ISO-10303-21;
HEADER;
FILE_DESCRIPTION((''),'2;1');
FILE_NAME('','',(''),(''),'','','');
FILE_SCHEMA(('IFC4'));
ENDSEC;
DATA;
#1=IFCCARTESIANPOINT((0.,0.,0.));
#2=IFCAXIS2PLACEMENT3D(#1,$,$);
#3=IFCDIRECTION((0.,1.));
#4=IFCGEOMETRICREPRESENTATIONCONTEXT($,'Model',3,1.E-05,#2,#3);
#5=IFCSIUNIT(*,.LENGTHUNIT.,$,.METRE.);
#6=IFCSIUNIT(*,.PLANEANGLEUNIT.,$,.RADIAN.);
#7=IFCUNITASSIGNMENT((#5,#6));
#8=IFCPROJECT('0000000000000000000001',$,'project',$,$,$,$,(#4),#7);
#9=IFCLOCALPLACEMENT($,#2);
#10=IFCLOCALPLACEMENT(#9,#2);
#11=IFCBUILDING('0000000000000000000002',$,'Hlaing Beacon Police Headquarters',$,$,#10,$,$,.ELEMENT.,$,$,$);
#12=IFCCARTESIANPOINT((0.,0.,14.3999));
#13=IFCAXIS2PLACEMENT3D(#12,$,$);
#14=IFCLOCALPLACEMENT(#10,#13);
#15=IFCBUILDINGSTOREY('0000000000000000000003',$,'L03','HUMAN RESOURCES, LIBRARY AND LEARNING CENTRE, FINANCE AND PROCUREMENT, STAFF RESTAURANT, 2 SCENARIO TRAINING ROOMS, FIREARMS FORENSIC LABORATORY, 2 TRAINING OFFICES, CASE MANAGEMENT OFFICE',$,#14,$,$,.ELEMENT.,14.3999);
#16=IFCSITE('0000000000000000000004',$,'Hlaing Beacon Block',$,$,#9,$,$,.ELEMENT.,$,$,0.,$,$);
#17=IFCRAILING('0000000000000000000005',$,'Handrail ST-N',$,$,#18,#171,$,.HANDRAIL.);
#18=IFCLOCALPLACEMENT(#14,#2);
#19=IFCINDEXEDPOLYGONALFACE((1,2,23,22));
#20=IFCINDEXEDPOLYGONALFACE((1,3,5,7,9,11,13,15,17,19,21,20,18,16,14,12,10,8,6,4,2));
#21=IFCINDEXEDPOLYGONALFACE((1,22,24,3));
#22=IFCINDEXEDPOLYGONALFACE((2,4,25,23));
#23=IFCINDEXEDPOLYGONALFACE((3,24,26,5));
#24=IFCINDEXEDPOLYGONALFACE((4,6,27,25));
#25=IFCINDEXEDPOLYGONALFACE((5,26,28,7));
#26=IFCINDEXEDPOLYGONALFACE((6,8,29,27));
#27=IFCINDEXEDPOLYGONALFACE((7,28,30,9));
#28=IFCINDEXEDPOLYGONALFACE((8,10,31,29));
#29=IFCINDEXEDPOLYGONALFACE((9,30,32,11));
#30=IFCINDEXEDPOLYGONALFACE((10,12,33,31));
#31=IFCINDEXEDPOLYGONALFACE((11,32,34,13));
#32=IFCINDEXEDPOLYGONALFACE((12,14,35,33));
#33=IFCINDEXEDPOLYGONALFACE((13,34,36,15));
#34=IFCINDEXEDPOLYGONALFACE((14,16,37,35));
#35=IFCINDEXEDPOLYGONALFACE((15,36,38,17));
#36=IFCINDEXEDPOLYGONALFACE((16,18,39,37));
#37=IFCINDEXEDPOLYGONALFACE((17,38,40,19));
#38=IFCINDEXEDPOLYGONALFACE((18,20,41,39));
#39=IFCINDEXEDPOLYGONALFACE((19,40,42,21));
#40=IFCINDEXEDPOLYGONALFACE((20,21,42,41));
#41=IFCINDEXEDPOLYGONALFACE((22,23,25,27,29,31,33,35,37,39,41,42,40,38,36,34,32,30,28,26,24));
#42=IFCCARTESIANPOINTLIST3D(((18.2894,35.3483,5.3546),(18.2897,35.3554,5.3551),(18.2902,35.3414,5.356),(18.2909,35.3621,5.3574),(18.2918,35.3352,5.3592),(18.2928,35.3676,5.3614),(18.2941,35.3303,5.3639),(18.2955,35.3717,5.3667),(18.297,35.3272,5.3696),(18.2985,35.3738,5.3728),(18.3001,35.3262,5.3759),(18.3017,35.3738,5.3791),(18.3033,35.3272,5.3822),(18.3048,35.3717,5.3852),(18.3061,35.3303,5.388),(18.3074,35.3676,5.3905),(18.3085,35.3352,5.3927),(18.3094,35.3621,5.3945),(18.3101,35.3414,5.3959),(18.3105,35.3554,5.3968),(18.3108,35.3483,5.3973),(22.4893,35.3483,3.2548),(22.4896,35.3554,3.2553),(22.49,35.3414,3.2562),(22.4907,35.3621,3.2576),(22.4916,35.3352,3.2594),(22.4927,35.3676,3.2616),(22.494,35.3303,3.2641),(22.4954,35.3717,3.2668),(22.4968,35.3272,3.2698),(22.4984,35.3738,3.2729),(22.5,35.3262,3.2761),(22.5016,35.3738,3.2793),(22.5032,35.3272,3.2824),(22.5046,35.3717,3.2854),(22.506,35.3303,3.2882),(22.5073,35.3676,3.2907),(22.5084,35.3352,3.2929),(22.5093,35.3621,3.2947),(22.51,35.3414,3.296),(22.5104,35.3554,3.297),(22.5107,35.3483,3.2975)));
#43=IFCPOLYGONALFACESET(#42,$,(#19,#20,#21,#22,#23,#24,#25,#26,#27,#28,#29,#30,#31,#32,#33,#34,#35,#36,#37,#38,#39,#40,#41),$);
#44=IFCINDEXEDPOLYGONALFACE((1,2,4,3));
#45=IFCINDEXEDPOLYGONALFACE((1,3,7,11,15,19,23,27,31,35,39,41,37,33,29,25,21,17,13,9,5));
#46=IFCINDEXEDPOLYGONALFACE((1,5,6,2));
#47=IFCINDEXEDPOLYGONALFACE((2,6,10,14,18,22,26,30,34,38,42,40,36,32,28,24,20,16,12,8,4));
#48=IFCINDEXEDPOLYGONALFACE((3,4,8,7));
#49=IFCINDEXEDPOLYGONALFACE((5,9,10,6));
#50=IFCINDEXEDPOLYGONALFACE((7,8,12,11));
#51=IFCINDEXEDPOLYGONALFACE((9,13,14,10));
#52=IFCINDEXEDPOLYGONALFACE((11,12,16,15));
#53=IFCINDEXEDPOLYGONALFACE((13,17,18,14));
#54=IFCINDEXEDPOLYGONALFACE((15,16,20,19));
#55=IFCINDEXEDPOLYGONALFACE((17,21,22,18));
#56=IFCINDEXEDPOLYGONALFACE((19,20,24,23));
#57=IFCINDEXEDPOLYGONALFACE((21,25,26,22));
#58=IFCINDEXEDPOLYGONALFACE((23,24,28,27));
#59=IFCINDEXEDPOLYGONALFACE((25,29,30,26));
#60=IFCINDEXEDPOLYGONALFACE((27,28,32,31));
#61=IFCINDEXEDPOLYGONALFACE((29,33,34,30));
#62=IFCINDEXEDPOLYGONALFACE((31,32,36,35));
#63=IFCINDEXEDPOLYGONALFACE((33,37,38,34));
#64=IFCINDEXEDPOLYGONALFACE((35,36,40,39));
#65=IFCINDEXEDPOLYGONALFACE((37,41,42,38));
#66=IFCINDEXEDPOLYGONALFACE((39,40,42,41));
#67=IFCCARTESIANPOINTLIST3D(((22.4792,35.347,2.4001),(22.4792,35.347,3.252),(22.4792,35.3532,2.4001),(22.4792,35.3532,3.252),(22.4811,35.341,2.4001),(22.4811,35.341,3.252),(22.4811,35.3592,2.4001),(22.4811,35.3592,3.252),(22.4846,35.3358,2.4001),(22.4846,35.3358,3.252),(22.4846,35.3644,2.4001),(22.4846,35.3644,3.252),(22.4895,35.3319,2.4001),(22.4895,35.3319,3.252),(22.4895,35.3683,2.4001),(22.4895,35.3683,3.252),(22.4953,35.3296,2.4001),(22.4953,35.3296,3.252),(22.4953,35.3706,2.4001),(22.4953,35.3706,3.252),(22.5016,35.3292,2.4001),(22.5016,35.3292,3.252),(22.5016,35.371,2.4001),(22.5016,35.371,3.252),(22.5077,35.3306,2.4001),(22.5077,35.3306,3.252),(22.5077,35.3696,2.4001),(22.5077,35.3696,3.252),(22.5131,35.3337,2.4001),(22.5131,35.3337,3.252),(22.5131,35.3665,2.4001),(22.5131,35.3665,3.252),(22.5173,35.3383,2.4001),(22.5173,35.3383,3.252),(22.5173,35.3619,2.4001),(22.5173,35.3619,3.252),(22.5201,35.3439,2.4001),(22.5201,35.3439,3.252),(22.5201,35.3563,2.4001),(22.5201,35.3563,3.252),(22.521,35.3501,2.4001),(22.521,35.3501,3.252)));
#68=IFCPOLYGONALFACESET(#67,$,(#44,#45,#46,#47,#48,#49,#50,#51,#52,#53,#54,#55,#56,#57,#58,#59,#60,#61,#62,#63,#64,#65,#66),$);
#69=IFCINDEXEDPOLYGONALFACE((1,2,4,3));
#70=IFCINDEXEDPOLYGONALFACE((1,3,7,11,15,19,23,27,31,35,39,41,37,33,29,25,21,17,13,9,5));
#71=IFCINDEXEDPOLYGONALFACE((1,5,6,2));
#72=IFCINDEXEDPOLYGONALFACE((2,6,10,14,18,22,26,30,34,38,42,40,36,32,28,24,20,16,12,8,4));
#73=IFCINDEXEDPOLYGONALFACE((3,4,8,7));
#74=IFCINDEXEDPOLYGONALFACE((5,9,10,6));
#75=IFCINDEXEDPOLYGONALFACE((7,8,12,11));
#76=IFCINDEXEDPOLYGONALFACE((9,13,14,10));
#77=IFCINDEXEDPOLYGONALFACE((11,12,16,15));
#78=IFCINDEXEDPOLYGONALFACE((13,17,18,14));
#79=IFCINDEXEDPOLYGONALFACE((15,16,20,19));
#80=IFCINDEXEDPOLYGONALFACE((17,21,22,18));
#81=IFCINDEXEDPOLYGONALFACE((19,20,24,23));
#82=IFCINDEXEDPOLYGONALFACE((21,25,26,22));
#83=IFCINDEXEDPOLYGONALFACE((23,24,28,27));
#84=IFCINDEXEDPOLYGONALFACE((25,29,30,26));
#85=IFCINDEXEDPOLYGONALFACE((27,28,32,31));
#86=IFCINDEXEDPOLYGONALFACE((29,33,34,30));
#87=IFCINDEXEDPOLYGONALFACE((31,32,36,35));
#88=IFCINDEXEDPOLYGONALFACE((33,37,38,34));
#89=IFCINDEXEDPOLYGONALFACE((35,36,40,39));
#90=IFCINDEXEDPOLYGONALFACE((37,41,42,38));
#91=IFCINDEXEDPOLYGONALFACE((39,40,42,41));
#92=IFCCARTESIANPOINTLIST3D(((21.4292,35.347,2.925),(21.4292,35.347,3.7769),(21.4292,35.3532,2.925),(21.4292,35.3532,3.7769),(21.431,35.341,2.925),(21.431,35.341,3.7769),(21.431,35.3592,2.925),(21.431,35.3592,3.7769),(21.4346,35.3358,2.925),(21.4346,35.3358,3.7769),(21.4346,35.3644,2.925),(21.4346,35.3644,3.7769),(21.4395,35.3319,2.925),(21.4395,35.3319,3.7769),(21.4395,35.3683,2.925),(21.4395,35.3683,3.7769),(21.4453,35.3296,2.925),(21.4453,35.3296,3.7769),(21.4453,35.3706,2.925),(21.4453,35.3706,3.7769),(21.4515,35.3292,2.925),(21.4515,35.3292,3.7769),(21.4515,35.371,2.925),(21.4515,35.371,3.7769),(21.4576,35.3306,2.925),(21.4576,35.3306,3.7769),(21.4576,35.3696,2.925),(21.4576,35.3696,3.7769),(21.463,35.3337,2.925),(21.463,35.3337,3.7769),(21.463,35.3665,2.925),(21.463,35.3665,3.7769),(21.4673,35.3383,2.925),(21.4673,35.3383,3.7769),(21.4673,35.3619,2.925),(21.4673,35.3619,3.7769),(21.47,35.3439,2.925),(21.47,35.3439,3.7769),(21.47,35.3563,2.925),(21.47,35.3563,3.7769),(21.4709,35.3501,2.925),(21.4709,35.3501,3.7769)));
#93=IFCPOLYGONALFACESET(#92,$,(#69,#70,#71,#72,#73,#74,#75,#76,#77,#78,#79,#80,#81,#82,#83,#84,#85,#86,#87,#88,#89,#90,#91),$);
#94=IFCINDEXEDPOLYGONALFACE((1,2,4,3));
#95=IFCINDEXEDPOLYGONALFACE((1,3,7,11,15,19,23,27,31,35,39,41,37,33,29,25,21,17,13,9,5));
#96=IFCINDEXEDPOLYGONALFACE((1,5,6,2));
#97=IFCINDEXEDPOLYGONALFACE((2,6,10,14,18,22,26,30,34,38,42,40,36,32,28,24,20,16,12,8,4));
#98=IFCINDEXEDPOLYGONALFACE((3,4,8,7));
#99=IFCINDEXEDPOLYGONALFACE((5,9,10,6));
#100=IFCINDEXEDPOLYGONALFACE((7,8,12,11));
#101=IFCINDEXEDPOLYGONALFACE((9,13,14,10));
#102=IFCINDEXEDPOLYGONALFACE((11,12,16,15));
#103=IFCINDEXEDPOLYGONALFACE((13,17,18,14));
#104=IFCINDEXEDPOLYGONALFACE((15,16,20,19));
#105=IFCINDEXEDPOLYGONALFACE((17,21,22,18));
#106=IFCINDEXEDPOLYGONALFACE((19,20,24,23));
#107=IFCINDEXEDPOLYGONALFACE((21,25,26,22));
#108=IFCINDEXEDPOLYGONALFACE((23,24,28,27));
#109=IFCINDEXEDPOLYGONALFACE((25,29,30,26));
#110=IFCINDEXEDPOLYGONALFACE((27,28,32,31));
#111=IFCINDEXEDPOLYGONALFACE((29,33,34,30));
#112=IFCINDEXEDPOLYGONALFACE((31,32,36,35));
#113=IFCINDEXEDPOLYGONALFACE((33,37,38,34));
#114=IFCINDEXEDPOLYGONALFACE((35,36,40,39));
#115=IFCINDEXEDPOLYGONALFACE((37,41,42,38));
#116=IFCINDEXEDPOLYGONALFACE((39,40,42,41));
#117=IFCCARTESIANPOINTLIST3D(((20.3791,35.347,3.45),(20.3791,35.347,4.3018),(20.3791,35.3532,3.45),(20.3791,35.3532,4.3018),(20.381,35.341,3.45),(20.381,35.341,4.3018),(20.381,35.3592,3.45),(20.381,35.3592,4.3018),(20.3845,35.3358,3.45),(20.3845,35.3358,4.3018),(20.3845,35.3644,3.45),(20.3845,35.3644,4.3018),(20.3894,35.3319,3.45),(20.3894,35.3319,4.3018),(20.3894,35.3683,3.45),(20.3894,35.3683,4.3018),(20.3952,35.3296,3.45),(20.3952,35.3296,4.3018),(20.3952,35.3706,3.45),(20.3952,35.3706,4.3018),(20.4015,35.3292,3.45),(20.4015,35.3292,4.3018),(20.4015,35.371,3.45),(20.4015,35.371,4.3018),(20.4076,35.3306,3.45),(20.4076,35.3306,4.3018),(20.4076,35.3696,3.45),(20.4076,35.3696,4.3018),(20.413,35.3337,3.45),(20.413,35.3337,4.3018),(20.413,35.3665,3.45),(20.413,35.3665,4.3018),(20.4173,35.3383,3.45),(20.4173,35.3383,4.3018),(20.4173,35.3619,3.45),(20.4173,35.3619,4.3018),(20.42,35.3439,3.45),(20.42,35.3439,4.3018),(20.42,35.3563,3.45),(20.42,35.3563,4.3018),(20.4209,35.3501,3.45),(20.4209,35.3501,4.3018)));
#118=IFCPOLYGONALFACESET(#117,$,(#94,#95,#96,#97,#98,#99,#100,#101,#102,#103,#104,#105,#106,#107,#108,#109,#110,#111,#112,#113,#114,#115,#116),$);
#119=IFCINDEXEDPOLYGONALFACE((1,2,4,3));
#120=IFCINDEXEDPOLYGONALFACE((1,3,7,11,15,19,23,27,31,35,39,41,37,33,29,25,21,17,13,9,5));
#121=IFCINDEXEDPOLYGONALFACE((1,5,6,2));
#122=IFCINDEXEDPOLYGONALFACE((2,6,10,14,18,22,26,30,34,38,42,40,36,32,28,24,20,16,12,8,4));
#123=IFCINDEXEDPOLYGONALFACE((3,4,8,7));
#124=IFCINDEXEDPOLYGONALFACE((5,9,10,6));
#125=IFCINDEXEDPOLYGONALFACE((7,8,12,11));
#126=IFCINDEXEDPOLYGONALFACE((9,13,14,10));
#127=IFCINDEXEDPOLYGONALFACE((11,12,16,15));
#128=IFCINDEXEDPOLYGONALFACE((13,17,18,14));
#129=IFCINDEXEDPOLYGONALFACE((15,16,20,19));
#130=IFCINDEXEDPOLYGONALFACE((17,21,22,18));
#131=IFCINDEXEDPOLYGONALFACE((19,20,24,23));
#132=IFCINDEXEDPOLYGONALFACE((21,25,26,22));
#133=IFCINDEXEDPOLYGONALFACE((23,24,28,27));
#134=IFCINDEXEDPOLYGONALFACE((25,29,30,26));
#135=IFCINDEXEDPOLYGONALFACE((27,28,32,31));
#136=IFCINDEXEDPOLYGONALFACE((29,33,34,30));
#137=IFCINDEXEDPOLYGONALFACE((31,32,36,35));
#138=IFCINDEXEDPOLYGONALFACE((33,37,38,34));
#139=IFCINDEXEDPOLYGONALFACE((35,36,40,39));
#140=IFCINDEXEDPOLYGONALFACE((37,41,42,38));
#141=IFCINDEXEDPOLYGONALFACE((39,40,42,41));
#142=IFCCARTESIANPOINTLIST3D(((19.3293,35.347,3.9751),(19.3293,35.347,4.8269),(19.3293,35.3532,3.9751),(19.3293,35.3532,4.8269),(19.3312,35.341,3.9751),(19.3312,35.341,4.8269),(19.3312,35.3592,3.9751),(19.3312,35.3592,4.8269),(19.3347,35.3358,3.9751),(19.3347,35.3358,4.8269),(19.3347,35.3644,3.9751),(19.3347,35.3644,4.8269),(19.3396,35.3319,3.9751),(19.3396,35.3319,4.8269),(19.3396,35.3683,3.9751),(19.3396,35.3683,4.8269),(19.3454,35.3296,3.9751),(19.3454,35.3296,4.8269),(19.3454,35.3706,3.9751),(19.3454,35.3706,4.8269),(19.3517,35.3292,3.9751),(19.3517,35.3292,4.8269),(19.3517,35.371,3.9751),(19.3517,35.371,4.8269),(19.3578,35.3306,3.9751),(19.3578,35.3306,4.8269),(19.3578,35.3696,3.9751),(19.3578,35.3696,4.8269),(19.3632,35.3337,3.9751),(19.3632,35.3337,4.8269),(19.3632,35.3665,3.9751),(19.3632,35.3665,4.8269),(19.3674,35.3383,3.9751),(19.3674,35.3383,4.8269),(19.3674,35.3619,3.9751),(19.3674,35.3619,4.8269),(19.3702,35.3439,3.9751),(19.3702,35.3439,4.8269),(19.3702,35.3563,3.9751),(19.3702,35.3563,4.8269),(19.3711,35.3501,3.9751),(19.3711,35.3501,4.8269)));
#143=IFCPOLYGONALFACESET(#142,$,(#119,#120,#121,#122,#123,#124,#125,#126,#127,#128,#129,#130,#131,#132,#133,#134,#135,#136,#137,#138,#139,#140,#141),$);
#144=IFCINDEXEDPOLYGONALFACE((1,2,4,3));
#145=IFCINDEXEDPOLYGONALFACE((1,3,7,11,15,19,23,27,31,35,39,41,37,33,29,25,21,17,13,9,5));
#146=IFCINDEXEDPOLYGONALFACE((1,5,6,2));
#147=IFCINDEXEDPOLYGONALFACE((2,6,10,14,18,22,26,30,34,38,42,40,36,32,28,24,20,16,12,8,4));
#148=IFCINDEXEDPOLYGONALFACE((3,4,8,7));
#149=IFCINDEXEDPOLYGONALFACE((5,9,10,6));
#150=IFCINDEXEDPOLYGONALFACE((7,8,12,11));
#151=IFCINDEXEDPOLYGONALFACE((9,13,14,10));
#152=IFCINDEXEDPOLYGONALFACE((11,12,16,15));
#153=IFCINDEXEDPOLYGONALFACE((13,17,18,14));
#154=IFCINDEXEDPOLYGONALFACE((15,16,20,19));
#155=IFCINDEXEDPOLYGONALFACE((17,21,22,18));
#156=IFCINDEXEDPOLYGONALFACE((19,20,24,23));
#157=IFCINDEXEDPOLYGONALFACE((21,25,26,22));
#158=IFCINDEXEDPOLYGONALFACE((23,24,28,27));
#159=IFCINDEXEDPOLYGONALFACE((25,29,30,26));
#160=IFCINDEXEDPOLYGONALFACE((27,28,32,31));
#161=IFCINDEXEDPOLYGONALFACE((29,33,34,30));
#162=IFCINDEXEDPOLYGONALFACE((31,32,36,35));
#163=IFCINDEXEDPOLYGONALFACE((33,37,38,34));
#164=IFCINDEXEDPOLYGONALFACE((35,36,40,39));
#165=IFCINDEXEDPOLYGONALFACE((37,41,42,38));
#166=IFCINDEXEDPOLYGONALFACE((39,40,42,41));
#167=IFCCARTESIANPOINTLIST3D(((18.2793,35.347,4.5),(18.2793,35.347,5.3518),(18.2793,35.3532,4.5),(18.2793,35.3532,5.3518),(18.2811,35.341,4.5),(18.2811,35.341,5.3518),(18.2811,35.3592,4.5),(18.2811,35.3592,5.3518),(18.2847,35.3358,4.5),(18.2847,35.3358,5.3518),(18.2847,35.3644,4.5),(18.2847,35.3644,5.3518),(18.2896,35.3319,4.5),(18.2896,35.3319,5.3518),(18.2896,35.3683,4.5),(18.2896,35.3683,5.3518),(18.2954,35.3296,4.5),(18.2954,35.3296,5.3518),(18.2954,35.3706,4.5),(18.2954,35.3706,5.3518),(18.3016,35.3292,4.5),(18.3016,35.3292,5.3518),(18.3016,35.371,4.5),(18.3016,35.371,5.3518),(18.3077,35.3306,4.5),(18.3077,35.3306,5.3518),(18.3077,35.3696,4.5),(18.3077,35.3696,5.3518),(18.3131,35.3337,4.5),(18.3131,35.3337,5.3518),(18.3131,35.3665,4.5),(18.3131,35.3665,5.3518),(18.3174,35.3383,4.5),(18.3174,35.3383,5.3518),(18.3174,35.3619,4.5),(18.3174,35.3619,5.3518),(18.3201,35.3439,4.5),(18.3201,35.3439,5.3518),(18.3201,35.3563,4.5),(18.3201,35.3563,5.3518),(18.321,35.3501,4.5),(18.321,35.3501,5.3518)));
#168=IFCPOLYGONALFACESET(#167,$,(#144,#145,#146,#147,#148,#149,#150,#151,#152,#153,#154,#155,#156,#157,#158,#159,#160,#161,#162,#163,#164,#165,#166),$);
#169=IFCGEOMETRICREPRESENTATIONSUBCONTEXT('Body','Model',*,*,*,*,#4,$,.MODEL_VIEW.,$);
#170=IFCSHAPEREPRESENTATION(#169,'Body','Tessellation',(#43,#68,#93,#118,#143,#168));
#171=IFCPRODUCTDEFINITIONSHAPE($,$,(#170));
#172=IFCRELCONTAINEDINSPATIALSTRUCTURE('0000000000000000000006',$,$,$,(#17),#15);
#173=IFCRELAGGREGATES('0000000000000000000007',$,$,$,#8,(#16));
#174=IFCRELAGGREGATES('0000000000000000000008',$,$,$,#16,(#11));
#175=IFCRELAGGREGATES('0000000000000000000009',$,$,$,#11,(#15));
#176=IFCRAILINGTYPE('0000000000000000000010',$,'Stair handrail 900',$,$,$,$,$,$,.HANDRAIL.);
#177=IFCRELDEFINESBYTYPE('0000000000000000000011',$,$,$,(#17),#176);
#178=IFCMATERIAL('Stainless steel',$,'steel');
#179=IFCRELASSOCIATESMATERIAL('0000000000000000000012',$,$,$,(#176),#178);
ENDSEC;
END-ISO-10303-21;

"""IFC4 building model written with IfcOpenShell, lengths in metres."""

from ifc_helpers import new_model, si_unit, direction, frame, origin, origin_2d, place, context, subcontext, project, spatial, circle, extrude, material, type_object, element, save


model = new_model("IFC4")

# Units and contexts
model_context = context("Model", 3, precision=1e-05, world=origin(), true_north=direction((0.0, 1.0)))
body_context = subcontext(model_context, "Body", "Model", "MODEL_VIEW")
ifc_project = project(units=[si_unit("LENGTHUNIT", "METRE"), si_unit("PLANEANGLEUNIT", "RADIAN")], contexts=[model_context])

# Site, building, storey
site_placement = place(None, origin())
site = spatial("IfcSite", under=ifc_project, at=site_placement, Name="Hlaing Beacon Block", CompositionType="ELEMENT", RefElevation=0.0)
building_placement = place(site_placement, origin())
building = spatial("IfcBuilding", under=site, at=building_placement, Name="Hlaing Beacon Police Headquarters", CompositionType="ELEMENT")
storey_placement = place(building_placement, frame((0.0, 0.0, 14.3999)))
storey = spatial("IfcBuildingStorey", under=building, at=storey_placement, Name="L03", Description="HUMAN RESOURCES, LIBRARY AND LEARNING CENTRE, FINANCE AND PROCUREMENT, STAFF RESTAURANT, 2 SCENARIO TRAINING ROOMS, FIREARMS FORENSIC LABORATORY, 2 TRAINING OFFICES, CASE MANAGEMENT OFFICE", CompositionType="ELEMENT", Elevation=14.3999)

# Railing
ifc_material_1 = material(Name="Stainless steel", Category="steel")
railing_type = type_object("IfcRailingType", Name="Stair handrail 900", PredefinedType="HANDRAIL", material=ifc_material_1)
for number, where, name in (
    (1, (22.5, 35.3501, 2.4001), "Handrail ST-N"),
):
    element("IfcRailing", number, at=place(storey_placement, frame(where)), inside=storey, type_object=railing_type, Name=name, PredefinedType="HANDRAIL", context=body_context, shape_type="SweptSolid", body=[
        extrude(circle(Radius=0.0239, at=origin_2d()), frame((0.0, 0.0, 0.876), z_axis=(-0.894438, 0.0, 0.447193), x_axis=(0.0, -1.0, 0.0)), (0.0, 0.0, 1.0), 4.6956),
        extrude(circle(Radius=0.021, at=origin_2d()), origin(), (0.0, 0.0, 1.0), 0.8518),
        extrude(circle(Radius=0.021, at=origin_2d()), frame((-1.05, 0.0, 0.5249)), (0.0, 0.0, 1.0), 0.8518),
        extrude(circle(Radius=0.021, at=origin_2d()), frame((-2.1001, 0.0, 1.0498)), (0.0, 0.0, 1.0), 0.8518),
        extrude(circle(Radius=0.021, at=origin_2d()), frame((-3.1499, 0.0, 1.575)), (0.0, 0.0, 1.0), 0.8518),
        extrude(circle(Radius=0.021, at=origin_2d()), frame((-4.2, 0.0, 2.0999)), (0.0, 0.0, 1.0), 0.8518),
    ])

save(model, "model.ifc")
